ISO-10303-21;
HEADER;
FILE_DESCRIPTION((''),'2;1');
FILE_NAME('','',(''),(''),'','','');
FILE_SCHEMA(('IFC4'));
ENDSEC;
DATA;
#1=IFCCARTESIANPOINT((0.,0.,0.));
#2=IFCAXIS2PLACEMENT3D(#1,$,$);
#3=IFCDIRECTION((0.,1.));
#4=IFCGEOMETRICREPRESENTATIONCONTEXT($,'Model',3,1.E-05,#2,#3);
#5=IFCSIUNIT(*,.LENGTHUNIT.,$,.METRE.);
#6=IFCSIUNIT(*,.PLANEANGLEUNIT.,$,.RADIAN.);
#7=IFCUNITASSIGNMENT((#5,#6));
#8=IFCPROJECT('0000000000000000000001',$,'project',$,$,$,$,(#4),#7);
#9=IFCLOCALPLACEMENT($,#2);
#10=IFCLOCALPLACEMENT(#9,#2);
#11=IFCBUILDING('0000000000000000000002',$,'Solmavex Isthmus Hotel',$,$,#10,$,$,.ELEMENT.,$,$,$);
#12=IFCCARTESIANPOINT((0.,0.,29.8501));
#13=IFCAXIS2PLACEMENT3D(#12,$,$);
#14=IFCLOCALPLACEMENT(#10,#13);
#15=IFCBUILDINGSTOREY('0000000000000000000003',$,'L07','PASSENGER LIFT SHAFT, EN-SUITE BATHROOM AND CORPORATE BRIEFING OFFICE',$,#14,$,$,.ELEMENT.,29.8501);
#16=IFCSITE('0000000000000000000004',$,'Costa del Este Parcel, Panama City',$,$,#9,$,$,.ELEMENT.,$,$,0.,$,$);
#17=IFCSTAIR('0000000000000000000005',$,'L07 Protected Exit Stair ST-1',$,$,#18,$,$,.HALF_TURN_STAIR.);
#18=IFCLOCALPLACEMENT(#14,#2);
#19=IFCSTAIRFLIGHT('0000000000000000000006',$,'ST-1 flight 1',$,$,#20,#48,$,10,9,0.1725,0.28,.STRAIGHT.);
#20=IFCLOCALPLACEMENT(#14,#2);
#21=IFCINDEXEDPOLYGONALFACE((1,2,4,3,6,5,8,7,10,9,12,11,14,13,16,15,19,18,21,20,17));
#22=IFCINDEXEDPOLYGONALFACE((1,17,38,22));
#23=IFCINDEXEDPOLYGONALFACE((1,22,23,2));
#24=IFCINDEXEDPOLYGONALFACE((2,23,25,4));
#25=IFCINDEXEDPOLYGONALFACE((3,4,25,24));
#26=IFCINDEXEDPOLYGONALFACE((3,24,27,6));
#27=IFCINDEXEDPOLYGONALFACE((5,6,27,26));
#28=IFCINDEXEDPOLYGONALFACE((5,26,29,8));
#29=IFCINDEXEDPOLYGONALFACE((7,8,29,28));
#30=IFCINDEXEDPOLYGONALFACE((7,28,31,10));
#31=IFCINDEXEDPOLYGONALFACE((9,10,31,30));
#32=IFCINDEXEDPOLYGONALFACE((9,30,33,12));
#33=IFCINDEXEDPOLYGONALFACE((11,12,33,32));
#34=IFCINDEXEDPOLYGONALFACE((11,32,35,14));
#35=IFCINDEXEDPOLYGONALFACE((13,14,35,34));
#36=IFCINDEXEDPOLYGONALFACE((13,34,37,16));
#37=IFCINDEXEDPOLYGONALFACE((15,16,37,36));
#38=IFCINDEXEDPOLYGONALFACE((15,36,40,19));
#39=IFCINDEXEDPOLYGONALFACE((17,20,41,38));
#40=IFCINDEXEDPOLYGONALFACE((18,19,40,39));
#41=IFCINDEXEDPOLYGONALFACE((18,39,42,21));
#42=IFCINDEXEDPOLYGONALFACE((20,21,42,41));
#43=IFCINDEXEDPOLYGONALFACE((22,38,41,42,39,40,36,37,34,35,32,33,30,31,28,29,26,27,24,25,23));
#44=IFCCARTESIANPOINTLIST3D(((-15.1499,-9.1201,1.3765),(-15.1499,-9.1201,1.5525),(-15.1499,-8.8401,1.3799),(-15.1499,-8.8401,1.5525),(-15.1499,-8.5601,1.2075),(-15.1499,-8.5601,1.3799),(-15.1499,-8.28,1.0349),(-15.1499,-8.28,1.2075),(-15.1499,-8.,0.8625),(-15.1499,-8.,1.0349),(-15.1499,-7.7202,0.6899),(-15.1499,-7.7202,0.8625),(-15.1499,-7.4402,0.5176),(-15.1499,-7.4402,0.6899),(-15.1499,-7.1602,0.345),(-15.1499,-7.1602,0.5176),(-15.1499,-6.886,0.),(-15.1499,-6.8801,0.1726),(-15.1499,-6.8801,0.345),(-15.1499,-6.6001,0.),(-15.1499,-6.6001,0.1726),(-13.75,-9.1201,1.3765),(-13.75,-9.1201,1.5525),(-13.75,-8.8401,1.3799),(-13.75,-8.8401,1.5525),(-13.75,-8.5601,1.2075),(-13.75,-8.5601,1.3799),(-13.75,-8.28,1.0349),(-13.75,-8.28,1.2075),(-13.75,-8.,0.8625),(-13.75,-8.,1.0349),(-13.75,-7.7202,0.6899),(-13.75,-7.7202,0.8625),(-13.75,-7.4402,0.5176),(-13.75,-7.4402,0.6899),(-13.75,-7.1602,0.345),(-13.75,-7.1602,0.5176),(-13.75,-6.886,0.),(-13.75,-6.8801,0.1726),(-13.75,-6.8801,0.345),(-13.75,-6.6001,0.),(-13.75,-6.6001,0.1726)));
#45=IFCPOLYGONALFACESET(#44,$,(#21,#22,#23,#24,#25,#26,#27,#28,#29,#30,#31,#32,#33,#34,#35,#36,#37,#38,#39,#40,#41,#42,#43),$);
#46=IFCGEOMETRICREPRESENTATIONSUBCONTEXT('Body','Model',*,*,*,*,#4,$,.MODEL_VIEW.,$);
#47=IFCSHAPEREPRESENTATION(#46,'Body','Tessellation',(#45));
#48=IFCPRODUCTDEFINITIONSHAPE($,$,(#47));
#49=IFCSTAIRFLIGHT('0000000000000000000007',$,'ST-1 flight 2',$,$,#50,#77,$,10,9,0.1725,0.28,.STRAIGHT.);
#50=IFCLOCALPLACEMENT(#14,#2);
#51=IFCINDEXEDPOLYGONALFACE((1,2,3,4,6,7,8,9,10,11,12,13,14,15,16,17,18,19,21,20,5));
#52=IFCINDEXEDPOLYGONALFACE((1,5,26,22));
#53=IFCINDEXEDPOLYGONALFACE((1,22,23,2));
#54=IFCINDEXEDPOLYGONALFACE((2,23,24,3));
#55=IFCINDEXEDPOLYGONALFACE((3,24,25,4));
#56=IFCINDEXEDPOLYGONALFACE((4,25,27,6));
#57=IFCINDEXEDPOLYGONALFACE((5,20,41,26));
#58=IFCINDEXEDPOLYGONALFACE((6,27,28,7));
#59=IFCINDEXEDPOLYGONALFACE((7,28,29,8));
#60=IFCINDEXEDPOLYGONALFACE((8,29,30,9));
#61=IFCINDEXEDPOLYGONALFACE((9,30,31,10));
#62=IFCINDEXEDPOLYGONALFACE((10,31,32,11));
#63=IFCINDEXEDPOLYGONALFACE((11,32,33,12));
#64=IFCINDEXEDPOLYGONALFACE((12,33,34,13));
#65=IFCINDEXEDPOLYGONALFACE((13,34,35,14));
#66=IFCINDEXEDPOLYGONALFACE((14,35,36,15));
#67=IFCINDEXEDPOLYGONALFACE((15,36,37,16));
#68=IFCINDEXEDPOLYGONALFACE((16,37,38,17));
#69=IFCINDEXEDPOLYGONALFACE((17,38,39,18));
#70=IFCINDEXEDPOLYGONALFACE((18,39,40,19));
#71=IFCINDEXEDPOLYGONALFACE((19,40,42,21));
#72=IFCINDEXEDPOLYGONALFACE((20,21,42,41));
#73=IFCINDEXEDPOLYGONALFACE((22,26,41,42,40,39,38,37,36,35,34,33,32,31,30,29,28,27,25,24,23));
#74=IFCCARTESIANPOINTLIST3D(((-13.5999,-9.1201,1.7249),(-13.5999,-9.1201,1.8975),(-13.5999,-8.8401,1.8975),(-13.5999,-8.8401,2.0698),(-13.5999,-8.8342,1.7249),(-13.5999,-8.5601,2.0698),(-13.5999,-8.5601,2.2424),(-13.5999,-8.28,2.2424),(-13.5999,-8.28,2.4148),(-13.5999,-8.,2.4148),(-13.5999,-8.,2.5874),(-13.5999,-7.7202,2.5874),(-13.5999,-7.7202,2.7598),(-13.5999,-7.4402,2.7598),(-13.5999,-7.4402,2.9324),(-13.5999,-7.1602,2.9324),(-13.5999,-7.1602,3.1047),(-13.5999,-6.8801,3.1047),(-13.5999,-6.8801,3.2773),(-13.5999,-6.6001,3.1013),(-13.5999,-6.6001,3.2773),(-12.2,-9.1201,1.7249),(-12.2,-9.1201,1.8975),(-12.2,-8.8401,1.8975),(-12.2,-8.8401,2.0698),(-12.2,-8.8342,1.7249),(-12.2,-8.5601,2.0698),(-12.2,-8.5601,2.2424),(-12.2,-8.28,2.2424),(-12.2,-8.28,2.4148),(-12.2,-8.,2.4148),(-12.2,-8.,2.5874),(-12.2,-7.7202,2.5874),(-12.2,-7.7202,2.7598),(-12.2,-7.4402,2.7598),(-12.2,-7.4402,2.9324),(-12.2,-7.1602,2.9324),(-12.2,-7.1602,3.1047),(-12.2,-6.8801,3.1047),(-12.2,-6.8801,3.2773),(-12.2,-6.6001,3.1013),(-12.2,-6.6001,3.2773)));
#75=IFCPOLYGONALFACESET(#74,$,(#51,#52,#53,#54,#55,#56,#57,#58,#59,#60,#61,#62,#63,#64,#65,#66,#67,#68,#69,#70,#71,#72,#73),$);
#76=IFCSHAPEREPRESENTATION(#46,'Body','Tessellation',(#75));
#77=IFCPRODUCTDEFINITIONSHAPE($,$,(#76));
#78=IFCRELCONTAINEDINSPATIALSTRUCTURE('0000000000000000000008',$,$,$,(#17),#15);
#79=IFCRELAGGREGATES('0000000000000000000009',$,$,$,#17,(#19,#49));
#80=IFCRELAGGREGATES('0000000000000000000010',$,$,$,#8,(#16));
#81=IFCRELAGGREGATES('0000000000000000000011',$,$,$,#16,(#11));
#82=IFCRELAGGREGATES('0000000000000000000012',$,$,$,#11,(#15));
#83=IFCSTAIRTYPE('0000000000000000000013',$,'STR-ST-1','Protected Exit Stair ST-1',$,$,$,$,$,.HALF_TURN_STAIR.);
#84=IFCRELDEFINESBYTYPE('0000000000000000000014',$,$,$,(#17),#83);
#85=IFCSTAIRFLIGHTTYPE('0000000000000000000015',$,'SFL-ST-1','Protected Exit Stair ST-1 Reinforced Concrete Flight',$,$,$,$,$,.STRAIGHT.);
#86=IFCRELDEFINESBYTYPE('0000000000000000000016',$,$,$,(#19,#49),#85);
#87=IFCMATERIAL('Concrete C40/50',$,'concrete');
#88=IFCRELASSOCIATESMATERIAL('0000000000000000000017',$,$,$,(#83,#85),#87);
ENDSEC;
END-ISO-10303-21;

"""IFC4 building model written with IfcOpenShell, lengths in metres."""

from ifc_helpers import new_model, si_unit, direction, frame, origin, place, context, subcontext, project, spatial, polyline, outline, extrude, material, type_object, element, aggregate, save


model = new_model("IFC4")

# Units and contexts
model_context = context("Model", 3, precision=1e-05, world=origin(), true_north=direction((0.0, 1.0)))
body_context = subcontext(model_context, "Body", "Model", "MODEL_VIEW")
ifc_project = project(units=[si_unit("LENGTHUNIT", "METRE"), si_unit("PLANEANGLEUNIT", "RADIAN")], contexts=[model_context])

# Site, building, storey
site_placement = place(None, origin())
site = spatial("IfcSite", under=ifc_project, at=site_placement, Name="Costa del Este Parcel, Panama City", CompositionType="ELEMENT", RefElevation=0.0)
building_placement = place(site_placement, origin())
building = spatial("IfcBuilding", under=site, at=building_placement, Name="Solmavex Isthmus Hotel", CompositionType="ELEMENT")
storey_placement = place(building_placement, frame((0.0, 0.0, 29.8501)))
storey = spatial("IfcBuildingStorey", under=building, at=storey_placement, Name="L07", Description="PASSENGER LIFT SHAFT, EN-SUITE BATHROOM AND CORPORATE BRIEFING OFFICE", CompositionType="ELEMENT", Elevation=29.8501)

# Shared definitions
ifc_material_1 = material(Name="Concrete C40/50", Category="concrete")

# Stair, stair flights
stair_type = type_object("IfcStairType", Name="STR-ST-1", Description="Protected Exit Stair ST-1", PredefinedType="HALF_TURN_STAIR", material=ifc_material_1)
stair_placement = place(storey_placement, origin())
stair = element("IfcStair", 1, at=stair_placement, inside=storey, type_object=stair_type, Name="L07 Protected Exit Stair ST-1", PredefinedType="HALF_TURN_STAIR")
stair_flight_type = type_object("IfcStairFlightType", Name="SFL-ST-1", Description="Protected Exit Stair ST-1 Reinforced Concrete Flight", PredefinedType="STRAIGHT", material=ifc_material_1)
stair_flight_1_placement = place(storey_placement, frame((-14.45, -6.6001, 0.0), z_axis=(0.0, 0.0, 1.0), x_axis=(0.0, -1.0, 0.0)))
stair_flight_1 = element("IfcStairFlight", 2, at=stair_flight_1_placement, type_object=stair_flight_type, Name="ST-1 flight 1", NumberOfRisers=10, NumberOfTreads=9, PredefinedType="STRAIGHT", RiserHeight=0.1725, TreadLength=0.28, context=body_context, shape_type="SweptSolid", body=[
    extrude(outline(polyline([(0.0, 0.0), (0.0, 0.1726), (0.28, 0.1726), (0.28, 0.345), (0.5601, 0.345), (0.5601, 0.5176), (0.8401, 0.5176), (0.8401, 0.6899), (1.1201, 0.6899), (1.1201, 0.8625), (1.3999, 0.8625), (1.3999, 1.0349), (1.6799, 1.0349), (1.6799, 1.2075), (1.96, 1.2075), (1.96, 1.3799), (2.24, 1.3799), (2.24, 1.5525), (2.52, 1.5525), (2.52, 1.7251), (2.52, 1.3765), (0.2859, 0.0), (0.0, 0.0)])), frame((0.0, 0.7, 0.0), z_axis=(0.0, -1.0, 0.0), x_axis=(1.0, 0.0, 0.0)), (0.0, 0.0, 1.0), 1.3999),
])
stair_flight_2_placement = place(storey_placement, frame((-12.8999, -9.1201, 1.7249), z_axis=(0.0, 0.0, 1.0), x_axis=(0.0, 1.0, 0.0)))
stair_flight_2 = element("IfcStairFlight", 3, at=stair_flight_2_placement, type_object=stair_flight_type, Name="ST-1 flight 2", NumberOfRisers=10, NumberOfTreads=9, PredefinedType="STRAIGHT", RiserHeight=0.1725, TreadLength=0.28, context=body_context, shape_type="SweptSolid", body=[
    extrude(outline(polyline([(0.0, 0.0), (0.0, 0.1726), (0.28, 0.1726), (0.28, 0.345), (0.5601, 0.345), (0.5601, 0.5176), (0.8401, 0.5176), (0.8401, 0.6899), (1.1201, 0.6899), (1.1201, 0.8625), (1.3999, 0.8625), (1.3999, 1.0349), (1.6799, 1.0349), (1.6799, 1.2075), (1.96, 1.2075), (1.96, 1.3799), (2.24, 1.3799), (2.24, 1.5525), (2.52, 1.5525), (2.52, 1.7251), (2.52, 1.3765), (0.2859, 0.0), (0.0, 0.0)])), frame((0.0, 0.7, 0.0), z_axis=(0.0, -1.0, 0.0), x_axis=(1.0, 0.0, 0.0)), (0.0, 0.0, 1.0), 1.3999),
])
aggregate(stair, [stair_flight_1, stair_flight_2])

save(model, "model.ifc")
